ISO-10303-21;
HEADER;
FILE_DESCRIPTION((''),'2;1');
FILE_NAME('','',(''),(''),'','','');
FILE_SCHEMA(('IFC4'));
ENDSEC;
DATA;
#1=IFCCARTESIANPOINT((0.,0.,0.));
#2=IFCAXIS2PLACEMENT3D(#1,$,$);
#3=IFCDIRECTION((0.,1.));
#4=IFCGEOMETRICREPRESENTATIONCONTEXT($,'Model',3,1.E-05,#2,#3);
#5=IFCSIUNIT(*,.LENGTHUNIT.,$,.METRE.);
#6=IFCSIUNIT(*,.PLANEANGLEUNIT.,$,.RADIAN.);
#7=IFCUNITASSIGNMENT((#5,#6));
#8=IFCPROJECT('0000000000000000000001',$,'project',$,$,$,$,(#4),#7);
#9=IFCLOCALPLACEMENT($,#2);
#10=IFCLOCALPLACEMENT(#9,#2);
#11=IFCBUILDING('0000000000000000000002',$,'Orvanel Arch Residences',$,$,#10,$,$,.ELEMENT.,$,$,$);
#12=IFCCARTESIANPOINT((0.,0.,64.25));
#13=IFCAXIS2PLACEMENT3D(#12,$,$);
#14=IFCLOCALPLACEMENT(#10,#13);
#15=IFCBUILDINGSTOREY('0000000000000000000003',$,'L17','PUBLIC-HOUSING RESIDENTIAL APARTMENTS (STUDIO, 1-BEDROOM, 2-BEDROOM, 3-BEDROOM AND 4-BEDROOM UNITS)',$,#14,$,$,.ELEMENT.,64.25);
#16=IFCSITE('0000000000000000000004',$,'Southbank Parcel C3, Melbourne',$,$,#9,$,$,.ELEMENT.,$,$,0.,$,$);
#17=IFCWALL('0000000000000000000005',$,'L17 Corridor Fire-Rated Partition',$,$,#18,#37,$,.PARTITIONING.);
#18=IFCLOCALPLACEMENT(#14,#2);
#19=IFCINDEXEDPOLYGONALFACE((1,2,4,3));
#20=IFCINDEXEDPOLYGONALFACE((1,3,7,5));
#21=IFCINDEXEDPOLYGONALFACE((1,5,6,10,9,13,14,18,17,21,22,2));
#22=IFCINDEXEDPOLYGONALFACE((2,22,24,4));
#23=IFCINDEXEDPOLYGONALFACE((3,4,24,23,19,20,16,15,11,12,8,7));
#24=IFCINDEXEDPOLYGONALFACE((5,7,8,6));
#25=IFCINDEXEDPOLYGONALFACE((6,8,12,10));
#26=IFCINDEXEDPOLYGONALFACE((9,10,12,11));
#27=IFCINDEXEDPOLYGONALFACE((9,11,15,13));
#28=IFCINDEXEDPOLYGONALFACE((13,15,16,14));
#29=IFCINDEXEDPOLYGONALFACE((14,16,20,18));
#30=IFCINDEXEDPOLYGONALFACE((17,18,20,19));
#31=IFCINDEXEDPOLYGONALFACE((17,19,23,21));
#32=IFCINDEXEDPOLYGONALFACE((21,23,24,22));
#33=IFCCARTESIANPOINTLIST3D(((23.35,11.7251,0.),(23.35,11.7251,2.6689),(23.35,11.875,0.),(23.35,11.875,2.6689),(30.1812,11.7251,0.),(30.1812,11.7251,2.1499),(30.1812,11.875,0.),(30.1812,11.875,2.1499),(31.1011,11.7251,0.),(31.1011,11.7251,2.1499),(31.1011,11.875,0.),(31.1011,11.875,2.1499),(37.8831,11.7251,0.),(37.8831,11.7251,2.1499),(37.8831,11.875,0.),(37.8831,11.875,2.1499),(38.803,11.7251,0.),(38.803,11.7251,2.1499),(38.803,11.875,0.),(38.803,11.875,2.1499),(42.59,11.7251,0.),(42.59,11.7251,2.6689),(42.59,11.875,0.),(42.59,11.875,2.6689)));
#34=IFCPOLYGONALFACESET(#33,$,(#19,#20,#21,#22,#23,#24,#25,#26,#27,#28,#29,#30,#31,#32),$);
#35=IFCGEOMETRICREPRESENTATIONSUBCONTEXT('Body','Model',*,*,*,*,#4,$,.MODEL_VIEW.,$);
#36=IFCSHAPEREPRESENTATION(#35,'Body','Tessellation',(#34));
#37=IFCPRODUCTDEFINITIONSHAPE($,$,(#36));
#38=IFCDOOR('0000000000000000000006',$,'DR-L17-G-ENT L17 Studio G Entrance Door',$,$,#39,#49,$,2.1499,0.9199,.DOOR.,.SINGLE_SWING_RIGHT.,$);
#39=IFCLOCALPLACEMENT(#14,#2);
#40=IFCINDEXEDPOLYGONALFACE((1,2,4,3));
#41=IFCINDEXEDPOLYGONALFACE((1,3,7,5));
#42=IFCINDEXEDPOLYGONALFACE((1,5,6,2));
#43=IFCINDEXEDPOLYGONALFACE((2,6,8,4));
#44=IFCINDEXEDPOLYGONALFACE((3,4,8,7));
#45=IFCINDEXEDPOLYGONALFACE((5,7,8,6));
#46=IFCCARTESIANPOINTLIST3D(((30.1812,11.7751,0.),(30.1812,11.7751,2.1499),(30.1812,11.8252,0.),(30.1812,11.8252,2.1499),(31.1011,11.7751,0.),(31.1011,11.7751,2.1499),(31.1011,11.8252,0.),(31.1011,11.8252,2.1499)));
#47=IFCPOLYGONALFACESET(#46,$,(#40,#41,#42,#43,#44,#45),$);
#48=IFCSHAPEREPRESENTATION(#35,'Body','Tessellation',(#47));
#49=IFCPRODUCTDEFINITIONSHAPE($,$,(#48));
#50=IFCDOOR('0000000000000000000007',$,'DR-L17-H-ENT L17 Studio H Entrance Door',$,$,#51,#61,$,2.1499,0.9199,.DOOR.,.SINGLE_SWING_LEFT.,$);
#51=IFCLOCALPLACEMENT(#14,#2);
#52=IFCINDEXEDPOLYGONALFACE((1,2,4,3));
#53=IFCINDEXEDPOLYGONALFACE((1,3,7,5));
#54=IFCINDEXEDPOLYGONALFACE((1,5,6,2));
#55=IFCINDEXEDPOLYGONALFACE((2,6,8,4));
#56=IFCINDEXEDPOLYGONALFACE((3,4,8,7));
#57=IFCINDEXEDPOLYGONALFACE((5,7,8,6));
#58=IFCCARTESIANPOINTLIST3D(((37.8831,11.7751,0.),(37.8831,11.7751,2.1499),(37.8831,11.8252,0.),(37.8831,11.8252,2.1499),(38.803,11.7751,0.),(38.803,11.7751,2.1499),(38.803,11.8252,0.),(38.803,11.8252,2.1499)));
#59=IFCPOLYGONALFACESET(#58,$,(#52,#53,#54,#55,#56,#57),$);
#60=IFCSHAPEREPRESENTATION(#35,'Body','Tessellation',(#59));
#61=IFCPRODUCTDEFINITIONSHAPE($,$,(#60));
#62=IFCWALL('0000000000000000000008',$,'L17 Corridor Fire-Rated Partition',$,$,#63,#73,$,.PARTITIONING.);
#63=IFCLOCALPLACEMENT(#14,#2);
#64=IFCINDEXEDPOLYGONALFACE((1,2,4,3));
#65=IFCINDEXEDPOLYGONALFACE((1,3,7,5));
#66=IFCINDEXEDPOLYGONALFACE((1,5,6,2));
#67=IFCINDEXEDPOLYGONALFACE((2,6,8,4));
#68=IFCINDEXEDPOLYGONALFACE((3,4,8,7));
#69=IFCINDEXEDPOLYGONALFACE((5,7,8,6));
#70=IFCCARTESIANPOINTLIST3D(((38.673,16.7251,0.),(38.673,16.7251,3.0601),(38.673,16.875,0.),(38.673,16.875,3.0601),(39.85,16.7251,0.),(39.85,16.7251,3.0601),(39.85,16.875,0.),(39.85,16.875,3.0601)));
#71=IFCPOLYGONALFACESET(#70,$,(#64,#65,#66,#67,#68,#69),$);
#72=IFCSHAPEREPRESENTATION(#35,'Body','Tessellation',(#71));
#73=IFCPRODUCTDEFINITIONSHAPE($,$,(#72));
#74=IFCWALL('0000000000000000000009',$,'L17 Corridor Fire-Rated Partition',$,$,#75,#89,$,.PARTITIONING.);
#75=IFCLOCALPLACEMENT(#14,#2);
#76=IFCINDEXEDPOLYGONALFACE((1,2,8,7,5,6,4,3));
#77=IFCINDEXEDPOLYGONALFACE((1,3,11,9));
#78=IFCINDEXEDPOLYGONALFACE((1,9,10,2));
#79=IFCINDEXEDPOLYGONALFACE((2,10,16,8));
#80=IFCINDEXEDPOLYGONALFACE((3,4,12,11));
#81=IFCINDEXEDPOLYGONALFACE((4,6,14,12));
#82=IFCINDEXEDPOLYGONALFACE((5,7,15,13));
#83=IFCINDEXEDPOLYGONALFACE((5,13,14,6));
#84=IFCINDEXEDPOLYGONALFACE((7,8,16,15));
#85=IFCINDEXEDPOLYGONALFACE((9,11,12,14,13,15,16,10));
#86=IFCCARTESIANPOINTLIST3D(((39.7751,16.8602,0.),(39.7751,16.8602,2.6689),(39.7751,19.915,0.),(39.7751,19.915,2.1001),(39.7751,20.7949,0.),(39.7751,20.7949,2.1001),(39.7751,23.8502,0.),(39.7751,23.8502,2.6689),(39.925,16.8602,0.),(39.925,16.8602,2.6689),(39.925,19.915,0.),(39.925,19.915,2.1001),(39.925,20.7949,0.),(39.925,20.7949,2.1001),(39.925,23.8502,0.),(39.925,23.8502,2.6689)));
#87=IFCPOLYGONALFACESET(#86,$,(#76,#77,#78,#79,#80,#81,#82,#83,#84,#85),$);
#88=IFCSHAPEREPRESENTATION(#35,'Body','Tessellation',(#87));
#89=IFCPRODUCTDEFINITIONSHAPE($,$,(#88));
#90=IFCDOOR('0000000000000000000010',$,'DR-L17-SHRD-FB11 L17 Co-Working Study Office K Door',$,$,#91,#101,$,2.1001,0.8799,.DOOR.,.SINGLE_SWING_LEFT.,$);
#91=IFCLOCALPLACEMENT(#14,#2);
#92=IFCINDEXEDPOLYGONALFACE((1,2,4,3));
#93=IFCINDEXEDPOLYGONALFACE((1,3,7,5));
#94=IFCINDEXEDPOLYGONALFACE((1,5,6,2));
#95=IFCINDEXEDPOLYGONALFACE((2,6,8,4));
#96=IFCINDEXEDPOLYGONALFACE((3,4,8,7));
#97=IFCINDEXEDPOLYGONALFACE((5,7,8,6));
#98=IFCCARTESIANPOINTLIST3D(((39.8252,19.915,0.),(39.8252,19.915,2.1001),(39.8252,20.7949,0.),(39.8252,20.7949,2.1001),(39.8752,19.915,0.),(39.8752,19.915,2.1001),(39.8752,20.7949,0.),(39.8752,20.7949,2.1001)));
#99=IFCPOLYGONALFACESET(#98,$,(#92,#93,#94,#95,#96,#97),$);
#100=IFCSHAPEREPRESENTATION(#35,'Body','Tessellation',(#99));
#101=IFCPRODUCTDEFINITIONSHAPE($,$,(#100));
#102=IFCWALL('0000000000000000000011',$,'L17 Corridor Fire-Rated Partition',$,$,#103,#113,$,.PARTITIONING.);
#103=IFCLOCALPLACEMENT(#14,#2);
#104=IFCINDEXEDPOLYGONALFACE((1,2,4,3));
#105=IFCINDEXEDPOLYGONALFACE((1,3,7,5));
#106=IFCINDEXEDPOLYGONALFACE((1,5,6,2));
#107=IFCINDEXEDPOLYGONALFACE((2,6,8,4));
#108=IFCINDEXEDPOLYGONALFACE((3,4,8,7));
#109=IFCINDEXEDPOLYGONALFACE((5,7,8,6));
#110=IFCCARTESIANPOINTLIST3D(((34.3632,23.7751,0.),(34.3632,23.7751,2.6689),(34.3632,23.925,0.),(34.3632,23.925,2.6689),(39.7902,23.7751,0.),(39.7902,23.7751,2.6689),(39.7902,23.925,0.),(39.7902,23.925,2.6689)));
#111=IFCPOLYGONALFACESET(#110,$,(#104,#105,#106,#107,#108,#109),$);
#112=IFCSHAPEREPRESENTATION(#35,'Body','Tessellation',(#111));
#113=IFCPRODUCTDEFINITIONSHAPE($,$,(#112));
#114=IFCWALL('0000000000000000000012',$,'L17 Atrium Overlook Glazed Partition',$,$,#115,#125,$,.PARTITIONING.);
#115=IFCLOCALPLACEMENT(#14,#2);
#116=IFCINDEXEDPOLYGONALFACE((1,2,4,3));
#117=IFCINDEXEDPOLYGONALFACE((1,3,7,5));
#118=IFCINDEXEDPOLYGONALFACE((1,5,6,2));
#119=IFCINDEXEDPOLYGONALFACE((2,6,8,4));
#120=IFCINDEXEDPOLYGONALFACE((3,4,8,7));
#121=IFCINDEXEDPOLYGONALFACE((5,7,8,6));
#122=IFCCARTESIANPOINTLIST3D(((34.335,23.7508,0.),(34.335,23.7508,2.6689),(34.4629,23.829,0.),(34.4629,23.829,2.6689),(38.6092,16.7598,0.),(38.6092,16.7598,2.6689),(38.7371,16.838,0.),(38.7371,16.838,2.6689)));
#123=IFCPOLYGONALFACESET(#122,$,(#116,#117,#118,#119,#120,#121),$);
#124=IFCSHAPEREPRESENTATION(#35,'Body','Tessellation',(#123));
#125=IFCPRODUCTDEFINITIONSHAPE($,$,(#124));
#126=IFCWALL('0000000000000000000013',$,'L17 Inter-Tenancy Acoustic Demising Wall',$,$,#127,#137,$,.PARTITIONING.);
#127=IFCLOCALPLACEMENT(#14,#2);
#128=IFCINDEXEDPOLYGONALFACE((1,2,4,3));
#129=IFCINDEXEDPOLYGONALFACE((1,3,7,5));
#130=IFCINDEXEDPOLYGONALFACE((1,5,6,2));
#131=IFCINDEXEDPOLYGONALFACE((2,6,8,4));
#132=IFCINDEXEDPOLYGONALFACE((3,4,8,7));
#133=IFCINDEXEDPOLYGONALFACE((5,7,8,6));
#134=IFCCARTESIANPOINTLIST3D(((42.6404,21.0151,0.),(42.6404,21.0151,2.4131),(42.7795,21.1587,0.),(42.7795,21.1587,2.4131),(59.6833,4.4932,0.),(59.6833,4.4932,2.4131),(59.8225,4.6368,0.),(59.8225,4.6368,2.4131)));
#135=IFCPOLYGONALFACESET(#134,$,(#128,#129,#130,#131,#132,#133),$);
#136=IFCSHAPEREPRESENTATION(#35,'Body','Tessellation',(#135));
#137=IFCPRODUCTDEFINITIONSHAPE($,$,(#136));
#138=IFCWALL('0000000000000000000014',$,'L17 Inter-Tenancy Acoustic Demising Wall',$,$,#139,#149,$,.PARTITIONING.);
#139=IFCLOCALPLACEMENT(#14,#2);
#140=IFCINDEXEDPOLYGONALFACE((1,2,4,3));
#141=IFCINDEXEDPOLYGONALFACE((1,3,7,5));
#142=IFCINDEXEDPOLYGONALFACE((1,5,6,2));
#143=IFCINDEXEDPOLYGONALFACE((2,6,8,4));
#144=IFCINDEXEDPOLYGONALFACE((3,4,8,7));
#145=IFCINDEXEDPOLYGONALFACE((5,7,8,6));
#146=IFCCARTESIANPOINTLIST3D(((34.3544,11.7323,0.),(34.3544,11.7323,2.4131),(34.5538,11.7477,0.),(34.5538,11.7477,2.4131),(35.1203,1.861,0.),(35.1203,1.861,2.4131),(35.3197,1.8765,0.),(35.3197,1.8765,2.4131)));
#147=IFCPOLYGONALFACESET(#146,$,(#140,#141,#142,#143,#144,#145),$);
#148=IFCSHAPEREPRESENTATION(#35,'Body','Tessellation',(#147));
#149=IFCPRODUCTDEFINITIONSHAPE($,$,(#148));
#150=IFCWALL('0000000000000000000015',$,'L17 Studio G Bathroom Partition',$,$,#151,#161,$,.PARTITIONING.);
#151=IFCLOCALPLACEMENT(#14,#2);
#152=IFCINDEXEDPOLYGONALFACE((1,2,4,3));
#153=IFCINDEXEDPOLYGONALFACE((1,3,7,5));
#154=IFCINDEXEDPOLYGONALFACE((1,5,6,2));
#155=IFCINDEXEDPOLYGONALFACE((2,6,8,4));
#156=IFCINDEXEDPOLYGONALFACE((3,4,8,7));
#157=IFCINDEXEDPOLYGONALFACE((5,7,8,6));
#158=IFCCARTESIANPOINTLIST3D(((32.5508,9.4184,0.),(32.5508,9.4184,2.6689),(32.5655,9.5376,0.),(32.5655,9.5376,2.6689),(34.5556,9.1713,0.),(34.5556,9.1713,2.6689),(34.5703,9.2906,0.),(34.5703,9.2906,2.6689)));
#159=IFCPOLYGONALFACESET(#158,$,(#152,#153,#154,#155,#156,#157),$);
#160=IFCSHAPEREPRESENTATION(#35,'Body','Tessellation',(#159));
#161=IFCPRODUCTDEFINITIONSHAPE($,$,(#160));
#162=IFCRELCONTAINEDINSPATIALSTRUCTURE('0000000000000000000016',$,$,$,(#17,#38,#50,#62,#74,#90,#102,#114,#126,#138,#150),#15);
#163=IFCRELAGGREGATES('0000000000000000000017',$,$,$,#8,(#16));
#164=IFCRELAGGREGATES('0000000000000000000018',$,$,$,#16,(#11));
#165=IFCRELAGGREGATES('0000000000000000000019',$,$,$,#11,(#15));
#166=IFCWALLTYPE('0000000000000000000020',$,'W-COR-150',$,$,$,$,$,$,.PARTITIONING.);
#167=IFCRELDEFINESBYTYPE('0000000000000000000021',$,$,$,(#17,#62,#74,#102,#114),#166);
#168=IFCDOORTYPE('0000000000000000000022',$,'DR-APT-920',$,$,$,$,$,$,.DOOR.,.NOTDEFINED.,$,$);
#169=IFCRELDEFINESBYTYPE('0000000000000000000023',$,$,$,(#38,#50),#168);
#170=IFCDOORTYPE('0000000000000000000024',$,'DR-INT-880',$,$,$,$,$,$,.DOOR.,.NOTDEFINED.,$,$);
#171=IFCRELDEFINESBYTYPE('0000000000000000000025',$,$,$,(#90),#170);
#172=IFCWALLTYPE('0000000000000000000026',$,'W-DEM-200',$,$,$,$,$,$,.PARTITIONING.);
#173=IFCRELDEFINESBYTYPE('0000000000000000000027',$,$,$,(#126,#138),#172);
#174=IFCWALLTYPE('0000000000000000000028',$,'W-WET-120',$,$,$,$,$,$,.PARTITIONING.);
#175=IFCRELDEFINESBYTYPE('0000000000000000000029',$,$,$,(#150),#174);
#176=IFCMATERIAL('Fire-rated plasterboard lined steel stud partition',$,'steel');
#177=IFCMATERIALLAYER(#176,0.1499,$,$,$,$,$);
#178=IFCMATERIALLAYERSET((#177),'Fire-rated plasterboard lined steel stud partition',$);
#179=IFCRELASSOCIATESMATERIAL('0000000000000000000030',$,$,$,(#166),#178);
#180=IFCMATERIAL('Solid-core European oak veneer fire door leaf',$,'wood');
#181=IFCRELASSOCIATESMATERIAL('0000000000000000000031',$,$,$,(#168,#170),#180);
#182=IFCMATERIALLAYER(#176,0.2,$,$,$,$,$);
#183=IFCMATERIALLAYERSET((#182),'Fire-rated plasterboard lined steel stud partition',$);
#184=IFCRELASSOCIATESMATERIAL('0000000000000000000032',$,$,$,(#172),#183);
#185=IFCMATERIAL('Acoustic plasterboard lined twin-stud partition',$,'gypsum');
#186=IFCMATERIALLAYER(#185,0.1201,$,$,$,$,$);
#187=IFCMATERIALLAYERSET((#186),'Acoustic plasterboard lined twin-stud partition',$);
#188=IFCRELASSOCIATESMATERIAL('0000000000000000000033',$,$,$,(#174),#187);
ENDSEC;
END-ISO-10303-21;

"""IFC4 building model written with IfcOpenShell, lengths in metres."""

from ifc_helpers import new_model, si_unit, direction, frame, frame_2d, origin, place, context, subcontext, project, spatial, rectangle, extrude, material, layer, layer_set, type_object, element, fill, save


model = new_model("IFC4")

# Units and contexts
model_context = context("Model", 3, precision=1e-05, world=origin(), true_north=direction((0.0, 1.0)))
body_context = subcontext(model_context, "Body", "Model", "MODEL_VIEW")
ifc_project = project(units=[si_unit("LENGTHUNIT", "METRE"), si_unit("PLANEANGLEUNIT", "RADIAN")], contexts=[model_context])

# Site, building, storey
site_placement = place(None, origin())
site = spatial("IfcSite", under=ifc_project, at=site_placement, Name="Southbank Parcel C3, Melbourne", CompositionType="ELEMENT", RefElevation=0.0)
building_placement = place(site_placement, origin())
building = spatial("IfcBuilding", under=site, at=building_placement, Name="Orvanel Arch Residences", CompositionType="ELEMENT")
storey_placement = place(building_placement, frame((0.0, 0.0, 64.25)))
storey = spatial("IfcBuildingStorey", under=building, at=storey_placement, Name="L17", Description="PUBLIC-HOUSING RESIDENTIAL APARTMENTS (STUDIO, 1-BEDROOM, 2-BEDROOM, 3-BEDROOM AND 4-BEDROOM UNITS)", CompositionType="ELEMENT", Elevation=64.25)

# Wall, openings, doors
ifc_material_1 = material(Name="Fire-rated plasterboard lined steel stud partition", Category="steel")
ifc_layer_1 = layer(ifc_material_1, 0.1499)
ifc_layer_set_1 = layer_set([ifc_layer_1], Name="Fire-rated plasterboard lined steel stud partition")
wall_type_1 = type_object("IfcWallType", Name="W-COR-150", PredefinedType="PARTITIONING", material=ifc_layer_set_1)
wall_1_placement = place(storey_placement, frame((42.5901, 11.8, 0.0), z_axis=(0.0, 0.0, 1.0), x_axis=(-1.0, 0.0, 0.0)))
wall_1 = element("IfcWall", 1, at=wall_1_placement, inside=storey, type_object=wall_type_1, Name="L17 Corridor Fire-Rated Partition", PredefinedType="PARTITIONING", context=body_context, shape_type="SweptSolid", body=[
    extrude(rectangle(XDim=19.24, YDim=0.1499, at=frame_2d((9.6201, 0.0))), origin(), (0.0, 0.0, 1.0), 2.6689),
])
opening_1_placement = place(wall_1_placement, frame((11.489, 0.0, 0.0)))
opening_1 = element("IfcOpeningElement", 2, at=opening_1_placement, cuts=wall_1, PredefinedType="OPENING", context=body_context, shape_type="SweptSolid", body=[
    extrude(rectangle(XDim=0.9199, YDim=2.1499, at=frame_2d((0.46, 1.075))), frame((0.0, 0.085, 0.0), z_axis=(0.0, -1.0, 0.0), x_axis=(1.0, 0.0, 0.0)), (0.0, 0.0, 1.0), 0.1699),
])
opening_2_placement = place(wall_1_placement, frame((3.7871, 0.0, 0.0)))
opening_2 = element("IfcOpeningElement", 3, at=opening_2_placement, cuts=wall_1, PredefinedType="OPENING", context=body_context, shape_type="SweptSolid", body=[
    extrude(rectangle(XDim=0.9199, YDim=2.1499, at=frame_2d((0.46, 1.075))), frame((0.0, 0.085, 0.0), z_axis=(0.0, -1.0, 0.0), x_axis=(1.0, 0.0, 0.0)), (0.0, 0.0, 1.0), 0.1699),
])
ifc_material_2 = material(Name="Solid-core European oak veneer fire door leaf", Category="wood")
door_type_1 = type_object("IfcDoorType", Name="DR-APT-920", OperationType="NOTDEFINED", PredefinedType="DOOR", material=ifc_material_2)
door_1_placement = place(opening_1_placement, origin())
door_1 = element("IfcDoor", 4, at=door_1_placement, inside=storey, type_object=door_type_1, Name="DR-L17-G-ENT L17 Studio G Entrance Door", OperationType="SINGLE_SWING_RIGHT", OverallHeight=2.1499, OverallWidth=0.9199, PredefinedType="DOOR", context=body_context, shape_type="SweptSolid", body=[
    extrude(rectangle(XDim=0.9199, YDim=2.1499, at=frame_2d((0.46, 1.075))), frame((0.0, 0.0249, 0.0), z_axis=(0.0, -1.0, 0.0), x_axis=(1.0, 0.0, 0.0)), (0.0, 0.0, 1.0), 0.05),
])
fill(opening_1, door_1)
door_2_placement = place(opening_2_placement, origin())
door_2 = element("IfcDoor", 5, at=door_2_placement, inside=storey, type_object=door_type_1, Name="DR-L17-H-ENT L17 Studio H Entrance Door", OperationType="SINGLE_SWING_LEFT", OverallHeight=2.1499, OverallWidth=0.9199, PredefinedType="DOOR", context=body_context, shape_type="SweptSolid", body=[
    extrude(rectangle(XDim=0.9199, YDim=2.1499, at=frame_2d((0.46, 1.075))), frame((0.0, 0.0249, 0.0), z_axis=(0.0, -1.0, 0.0), x_axis=(1.0, 0.0, 0.0)), (0.0, 0.0, 1.0), 0.05),
])
fill(opening_2, door_2)

# Wall
wall_2_placement = place(storey_placement, frame((38.6731, 16.8, 0.0), z_axis=(0.0, 0.0, 1.0), x_axis=(1.0, 0.0, 0.0)))
element("IfcWall", 6, at=wall_2_placement, inside=storey, type_object=wall_type_1, Name="L17 Corridor Fire-Rated Partition", PredefinedType="PARTITIONING", context=body_context, shape_type="SweptSolid", body=[
    extrude(rectangle(XDim=1.177, YDim=0.1499, at=frame_2d((0.5884, 0.0))), origin(), (0.0, 0.0, 1.0), 3.0601),
])

# Wall, opening, door
wall_3_placement = place(storey_placement, frame((39.8501, 16.8601, 0.0), z_axis=(0.0, 0.0, 1.0), x_axis=(0.0, 1.0, 0.0)))
wall_3 = element("IfcWall", 7, at=wall_3_placement, inside=storey, type_object=wall_type_1, Name="L17 Corridor Fire-Rated Partition", PredefinedType="PARTITIONING", context=body_context, shape_type="SweptSolid", body=[
    extrude(rectangle(XDim=6.99, YDim=0.1499, at=frame_2d((3.4951, 0.0))), origin(), (0.0, 0.0, 1.0), 2.6689),
])
opening_3_placement = place(wall_3_placement, frame((3.0549, 0.0, 0.0)))
opening_3 = element("IfcOpeningElement", 8, at=opening_3_placement, cuts=wall_3, PredefinedType="OPENING", context=body_context, shape_type="SweptSolid", body=[
    extrude(rectangle(XDim=0.8799, YDim=2.1001, at=frame_2d((0.4399, 1.05))), frame((0.0, 0.085, 0.0), z_axis=(0.0, -1.0, 0.0), x_axis=(1.0, 0.0, 0.0)), (0.0, 0.0, 1.0), 0.1699),
])
door_type_2 = type_object("IfcDoorType", Name="DR-INT-880", OperationType="NOTDEFINED", PredefinedType="DOOR", material=ifc_material_2)
door_3_placement = place(opening_3_placement, origin())
door_3 = element("IfcDoor", 9, at=door_3_placement, inside=storey, type_object=door_type_2, Name="DR-L17-SHRD-FB11 L17 Co-Working Study Office K Door", OperationType="SINGLE_SWING_LEFT", OverallHeight=2.1001, OverallWidth=0.8799, PredefinedType="DOOR", context=body_context, shape_type="SweptSolid", body=[
    extrude(rectangle(XDim=0.8799, YDim=2.1001, at=frame_2d((0.4399, 1.05))), frame((0.0, 0.0249, 0.0), z_axis=(0.0, -1.0, 0.0), x_axis=(1.0, 0.0, 0.0)), (0.0, 0.0, 1.0), 0.05),
])
fill(opening_3, door_3)

# Walls
wall_4_placement = place(storey_placement, frame((39.79, 23.8501, 0.0), z_axis=(0.0, 0.0, 1.0), x_axis=(-1.0, 0.0, 0.0)))
element("IfcWall", 10, at=wall_4_placement, inside=storey, type_object=wall_type_1, Name="L17 Corridor Fire-Rated Partition", PredefinedType="PARTITIONING", context=body_context, shape_type="SweptSolid", body=[
    extrude(rectangle(XDim=5.427, YDim=0.1499, at=frame_2d((2.7134, 0.0))), origin(), (0.0, 0.0, 1.0), 2.6689),
])
wall_5_placement = place(storey_placement, frame((34.3989, 23.79, 0.0), z_axis=(0.0, 0.0, 1.0), x_axis=(0.52162, -0.853178, 0.0)))
element("IfcWall", 11, at=wall_5_placement, inside=storey, type_object=wall_type_1, Name="L17 Atrium Overlook Glazed Partition", PredefinedType="PARTITIONING", context=body_context, shape_type="SweptSolid", body=[
    extrude(rectangle(XDim=8.1941, YDim=0.1499, at=frame_2d((4.0972, 0.0))), origin(), (0.0, 0.0, 1.0), 2.6689),
])
ifc_layer_2 = layer(ifc_material_1, 0.2)
ifc_layer_set_2 = layer_set([ifc_layer_2], Name="Fire-rated plasterboard lined steel stud partition")
wall_type_2 = type_object("IfcWallType", Name="W-DEM-200", PredefinedType="PARTITIONING", material=ifc_layer_set_2)
wall_6_placement = place(storey_placement, frame((42.71, 21.0869, 0.0), z_axis=(0.0, 0.0, 1.0), x_axis=(0.717996, -0.696047, 0.0)))
element("IfcWall", 12, at=wall_6_placement, inside=storey, type_object=wall_type_2, Name="L17 Inter-Tenancy Acoustic Demising Wall", PredefinedType="PARTITIONING", context=body_context, shape_type="SweptSolid", body=[
    extrude(rectangle(XDim=23.7368, YDim=0.2, at=frame_2d((11.8684, 0.0))), origin(), (0.0, 0.0, 1.0), 2.4131),
])
wall_7_placement = place(storey_placement, frame((34.4541, 11.74, 0.0), z_axis=(0.0, 0.0, 1.0), x_axis=(0.077355, -0.997004, 0.0)))
element("IfcWall", 13, at=wall_7_placement, inside=storey, type_object=wall_type_2, Name="L17 Inter-Tenancy Acoustic Demising Wall", PredefinedType="PARTITIONING", context=body_context, shape_type="SweptSolid", body=[
    extrude(rectangle(XDim=9.9009, YDim=0.2, at=frame_2d((4.9504, 0.0))), origin(), (0.0, 0.0, 1.0), 2.4131),
])
ifc_material_3 = material(Name="Acoustic plasterboard lined twin-stud partition", Category="gypsum")
ifc_layer_3 = layer(ifc_material_3, 0.1201)
ifc_layer_set_3 = layer_set([ifc_layer_3], Name="Acoustic plasterboard lined twin-stud partition")
wall_type_3 = type_object("IfcWallType", Name="W-WET-120", PredefinedType="PARTITIONING", material=ifc_layer_set_3)
wall_8_placement = place(storey_placement, frame((34.563, 9.231, 0.0), z_axis=(0.0, 0.0, 1.0), x_axis=(-0.992492, 0.122309, 0.0)))
element("IfcWall", 14, at=wall_8_placement, inside=storey, type_object=wall_type_3, Name="L17 Studio G Bathroom Partition", PredefinedType="PARTITIONING", context=body_context, shape_type="SweptSolid", body=[
    extrude(rectangle(XDim=2.02, YDim=0.1201, at=frame_2d((1.01, 0.0))), origin(), (0.0, 0.0, 1.0), 2.6689),
])

save(model, "model.ifc")
